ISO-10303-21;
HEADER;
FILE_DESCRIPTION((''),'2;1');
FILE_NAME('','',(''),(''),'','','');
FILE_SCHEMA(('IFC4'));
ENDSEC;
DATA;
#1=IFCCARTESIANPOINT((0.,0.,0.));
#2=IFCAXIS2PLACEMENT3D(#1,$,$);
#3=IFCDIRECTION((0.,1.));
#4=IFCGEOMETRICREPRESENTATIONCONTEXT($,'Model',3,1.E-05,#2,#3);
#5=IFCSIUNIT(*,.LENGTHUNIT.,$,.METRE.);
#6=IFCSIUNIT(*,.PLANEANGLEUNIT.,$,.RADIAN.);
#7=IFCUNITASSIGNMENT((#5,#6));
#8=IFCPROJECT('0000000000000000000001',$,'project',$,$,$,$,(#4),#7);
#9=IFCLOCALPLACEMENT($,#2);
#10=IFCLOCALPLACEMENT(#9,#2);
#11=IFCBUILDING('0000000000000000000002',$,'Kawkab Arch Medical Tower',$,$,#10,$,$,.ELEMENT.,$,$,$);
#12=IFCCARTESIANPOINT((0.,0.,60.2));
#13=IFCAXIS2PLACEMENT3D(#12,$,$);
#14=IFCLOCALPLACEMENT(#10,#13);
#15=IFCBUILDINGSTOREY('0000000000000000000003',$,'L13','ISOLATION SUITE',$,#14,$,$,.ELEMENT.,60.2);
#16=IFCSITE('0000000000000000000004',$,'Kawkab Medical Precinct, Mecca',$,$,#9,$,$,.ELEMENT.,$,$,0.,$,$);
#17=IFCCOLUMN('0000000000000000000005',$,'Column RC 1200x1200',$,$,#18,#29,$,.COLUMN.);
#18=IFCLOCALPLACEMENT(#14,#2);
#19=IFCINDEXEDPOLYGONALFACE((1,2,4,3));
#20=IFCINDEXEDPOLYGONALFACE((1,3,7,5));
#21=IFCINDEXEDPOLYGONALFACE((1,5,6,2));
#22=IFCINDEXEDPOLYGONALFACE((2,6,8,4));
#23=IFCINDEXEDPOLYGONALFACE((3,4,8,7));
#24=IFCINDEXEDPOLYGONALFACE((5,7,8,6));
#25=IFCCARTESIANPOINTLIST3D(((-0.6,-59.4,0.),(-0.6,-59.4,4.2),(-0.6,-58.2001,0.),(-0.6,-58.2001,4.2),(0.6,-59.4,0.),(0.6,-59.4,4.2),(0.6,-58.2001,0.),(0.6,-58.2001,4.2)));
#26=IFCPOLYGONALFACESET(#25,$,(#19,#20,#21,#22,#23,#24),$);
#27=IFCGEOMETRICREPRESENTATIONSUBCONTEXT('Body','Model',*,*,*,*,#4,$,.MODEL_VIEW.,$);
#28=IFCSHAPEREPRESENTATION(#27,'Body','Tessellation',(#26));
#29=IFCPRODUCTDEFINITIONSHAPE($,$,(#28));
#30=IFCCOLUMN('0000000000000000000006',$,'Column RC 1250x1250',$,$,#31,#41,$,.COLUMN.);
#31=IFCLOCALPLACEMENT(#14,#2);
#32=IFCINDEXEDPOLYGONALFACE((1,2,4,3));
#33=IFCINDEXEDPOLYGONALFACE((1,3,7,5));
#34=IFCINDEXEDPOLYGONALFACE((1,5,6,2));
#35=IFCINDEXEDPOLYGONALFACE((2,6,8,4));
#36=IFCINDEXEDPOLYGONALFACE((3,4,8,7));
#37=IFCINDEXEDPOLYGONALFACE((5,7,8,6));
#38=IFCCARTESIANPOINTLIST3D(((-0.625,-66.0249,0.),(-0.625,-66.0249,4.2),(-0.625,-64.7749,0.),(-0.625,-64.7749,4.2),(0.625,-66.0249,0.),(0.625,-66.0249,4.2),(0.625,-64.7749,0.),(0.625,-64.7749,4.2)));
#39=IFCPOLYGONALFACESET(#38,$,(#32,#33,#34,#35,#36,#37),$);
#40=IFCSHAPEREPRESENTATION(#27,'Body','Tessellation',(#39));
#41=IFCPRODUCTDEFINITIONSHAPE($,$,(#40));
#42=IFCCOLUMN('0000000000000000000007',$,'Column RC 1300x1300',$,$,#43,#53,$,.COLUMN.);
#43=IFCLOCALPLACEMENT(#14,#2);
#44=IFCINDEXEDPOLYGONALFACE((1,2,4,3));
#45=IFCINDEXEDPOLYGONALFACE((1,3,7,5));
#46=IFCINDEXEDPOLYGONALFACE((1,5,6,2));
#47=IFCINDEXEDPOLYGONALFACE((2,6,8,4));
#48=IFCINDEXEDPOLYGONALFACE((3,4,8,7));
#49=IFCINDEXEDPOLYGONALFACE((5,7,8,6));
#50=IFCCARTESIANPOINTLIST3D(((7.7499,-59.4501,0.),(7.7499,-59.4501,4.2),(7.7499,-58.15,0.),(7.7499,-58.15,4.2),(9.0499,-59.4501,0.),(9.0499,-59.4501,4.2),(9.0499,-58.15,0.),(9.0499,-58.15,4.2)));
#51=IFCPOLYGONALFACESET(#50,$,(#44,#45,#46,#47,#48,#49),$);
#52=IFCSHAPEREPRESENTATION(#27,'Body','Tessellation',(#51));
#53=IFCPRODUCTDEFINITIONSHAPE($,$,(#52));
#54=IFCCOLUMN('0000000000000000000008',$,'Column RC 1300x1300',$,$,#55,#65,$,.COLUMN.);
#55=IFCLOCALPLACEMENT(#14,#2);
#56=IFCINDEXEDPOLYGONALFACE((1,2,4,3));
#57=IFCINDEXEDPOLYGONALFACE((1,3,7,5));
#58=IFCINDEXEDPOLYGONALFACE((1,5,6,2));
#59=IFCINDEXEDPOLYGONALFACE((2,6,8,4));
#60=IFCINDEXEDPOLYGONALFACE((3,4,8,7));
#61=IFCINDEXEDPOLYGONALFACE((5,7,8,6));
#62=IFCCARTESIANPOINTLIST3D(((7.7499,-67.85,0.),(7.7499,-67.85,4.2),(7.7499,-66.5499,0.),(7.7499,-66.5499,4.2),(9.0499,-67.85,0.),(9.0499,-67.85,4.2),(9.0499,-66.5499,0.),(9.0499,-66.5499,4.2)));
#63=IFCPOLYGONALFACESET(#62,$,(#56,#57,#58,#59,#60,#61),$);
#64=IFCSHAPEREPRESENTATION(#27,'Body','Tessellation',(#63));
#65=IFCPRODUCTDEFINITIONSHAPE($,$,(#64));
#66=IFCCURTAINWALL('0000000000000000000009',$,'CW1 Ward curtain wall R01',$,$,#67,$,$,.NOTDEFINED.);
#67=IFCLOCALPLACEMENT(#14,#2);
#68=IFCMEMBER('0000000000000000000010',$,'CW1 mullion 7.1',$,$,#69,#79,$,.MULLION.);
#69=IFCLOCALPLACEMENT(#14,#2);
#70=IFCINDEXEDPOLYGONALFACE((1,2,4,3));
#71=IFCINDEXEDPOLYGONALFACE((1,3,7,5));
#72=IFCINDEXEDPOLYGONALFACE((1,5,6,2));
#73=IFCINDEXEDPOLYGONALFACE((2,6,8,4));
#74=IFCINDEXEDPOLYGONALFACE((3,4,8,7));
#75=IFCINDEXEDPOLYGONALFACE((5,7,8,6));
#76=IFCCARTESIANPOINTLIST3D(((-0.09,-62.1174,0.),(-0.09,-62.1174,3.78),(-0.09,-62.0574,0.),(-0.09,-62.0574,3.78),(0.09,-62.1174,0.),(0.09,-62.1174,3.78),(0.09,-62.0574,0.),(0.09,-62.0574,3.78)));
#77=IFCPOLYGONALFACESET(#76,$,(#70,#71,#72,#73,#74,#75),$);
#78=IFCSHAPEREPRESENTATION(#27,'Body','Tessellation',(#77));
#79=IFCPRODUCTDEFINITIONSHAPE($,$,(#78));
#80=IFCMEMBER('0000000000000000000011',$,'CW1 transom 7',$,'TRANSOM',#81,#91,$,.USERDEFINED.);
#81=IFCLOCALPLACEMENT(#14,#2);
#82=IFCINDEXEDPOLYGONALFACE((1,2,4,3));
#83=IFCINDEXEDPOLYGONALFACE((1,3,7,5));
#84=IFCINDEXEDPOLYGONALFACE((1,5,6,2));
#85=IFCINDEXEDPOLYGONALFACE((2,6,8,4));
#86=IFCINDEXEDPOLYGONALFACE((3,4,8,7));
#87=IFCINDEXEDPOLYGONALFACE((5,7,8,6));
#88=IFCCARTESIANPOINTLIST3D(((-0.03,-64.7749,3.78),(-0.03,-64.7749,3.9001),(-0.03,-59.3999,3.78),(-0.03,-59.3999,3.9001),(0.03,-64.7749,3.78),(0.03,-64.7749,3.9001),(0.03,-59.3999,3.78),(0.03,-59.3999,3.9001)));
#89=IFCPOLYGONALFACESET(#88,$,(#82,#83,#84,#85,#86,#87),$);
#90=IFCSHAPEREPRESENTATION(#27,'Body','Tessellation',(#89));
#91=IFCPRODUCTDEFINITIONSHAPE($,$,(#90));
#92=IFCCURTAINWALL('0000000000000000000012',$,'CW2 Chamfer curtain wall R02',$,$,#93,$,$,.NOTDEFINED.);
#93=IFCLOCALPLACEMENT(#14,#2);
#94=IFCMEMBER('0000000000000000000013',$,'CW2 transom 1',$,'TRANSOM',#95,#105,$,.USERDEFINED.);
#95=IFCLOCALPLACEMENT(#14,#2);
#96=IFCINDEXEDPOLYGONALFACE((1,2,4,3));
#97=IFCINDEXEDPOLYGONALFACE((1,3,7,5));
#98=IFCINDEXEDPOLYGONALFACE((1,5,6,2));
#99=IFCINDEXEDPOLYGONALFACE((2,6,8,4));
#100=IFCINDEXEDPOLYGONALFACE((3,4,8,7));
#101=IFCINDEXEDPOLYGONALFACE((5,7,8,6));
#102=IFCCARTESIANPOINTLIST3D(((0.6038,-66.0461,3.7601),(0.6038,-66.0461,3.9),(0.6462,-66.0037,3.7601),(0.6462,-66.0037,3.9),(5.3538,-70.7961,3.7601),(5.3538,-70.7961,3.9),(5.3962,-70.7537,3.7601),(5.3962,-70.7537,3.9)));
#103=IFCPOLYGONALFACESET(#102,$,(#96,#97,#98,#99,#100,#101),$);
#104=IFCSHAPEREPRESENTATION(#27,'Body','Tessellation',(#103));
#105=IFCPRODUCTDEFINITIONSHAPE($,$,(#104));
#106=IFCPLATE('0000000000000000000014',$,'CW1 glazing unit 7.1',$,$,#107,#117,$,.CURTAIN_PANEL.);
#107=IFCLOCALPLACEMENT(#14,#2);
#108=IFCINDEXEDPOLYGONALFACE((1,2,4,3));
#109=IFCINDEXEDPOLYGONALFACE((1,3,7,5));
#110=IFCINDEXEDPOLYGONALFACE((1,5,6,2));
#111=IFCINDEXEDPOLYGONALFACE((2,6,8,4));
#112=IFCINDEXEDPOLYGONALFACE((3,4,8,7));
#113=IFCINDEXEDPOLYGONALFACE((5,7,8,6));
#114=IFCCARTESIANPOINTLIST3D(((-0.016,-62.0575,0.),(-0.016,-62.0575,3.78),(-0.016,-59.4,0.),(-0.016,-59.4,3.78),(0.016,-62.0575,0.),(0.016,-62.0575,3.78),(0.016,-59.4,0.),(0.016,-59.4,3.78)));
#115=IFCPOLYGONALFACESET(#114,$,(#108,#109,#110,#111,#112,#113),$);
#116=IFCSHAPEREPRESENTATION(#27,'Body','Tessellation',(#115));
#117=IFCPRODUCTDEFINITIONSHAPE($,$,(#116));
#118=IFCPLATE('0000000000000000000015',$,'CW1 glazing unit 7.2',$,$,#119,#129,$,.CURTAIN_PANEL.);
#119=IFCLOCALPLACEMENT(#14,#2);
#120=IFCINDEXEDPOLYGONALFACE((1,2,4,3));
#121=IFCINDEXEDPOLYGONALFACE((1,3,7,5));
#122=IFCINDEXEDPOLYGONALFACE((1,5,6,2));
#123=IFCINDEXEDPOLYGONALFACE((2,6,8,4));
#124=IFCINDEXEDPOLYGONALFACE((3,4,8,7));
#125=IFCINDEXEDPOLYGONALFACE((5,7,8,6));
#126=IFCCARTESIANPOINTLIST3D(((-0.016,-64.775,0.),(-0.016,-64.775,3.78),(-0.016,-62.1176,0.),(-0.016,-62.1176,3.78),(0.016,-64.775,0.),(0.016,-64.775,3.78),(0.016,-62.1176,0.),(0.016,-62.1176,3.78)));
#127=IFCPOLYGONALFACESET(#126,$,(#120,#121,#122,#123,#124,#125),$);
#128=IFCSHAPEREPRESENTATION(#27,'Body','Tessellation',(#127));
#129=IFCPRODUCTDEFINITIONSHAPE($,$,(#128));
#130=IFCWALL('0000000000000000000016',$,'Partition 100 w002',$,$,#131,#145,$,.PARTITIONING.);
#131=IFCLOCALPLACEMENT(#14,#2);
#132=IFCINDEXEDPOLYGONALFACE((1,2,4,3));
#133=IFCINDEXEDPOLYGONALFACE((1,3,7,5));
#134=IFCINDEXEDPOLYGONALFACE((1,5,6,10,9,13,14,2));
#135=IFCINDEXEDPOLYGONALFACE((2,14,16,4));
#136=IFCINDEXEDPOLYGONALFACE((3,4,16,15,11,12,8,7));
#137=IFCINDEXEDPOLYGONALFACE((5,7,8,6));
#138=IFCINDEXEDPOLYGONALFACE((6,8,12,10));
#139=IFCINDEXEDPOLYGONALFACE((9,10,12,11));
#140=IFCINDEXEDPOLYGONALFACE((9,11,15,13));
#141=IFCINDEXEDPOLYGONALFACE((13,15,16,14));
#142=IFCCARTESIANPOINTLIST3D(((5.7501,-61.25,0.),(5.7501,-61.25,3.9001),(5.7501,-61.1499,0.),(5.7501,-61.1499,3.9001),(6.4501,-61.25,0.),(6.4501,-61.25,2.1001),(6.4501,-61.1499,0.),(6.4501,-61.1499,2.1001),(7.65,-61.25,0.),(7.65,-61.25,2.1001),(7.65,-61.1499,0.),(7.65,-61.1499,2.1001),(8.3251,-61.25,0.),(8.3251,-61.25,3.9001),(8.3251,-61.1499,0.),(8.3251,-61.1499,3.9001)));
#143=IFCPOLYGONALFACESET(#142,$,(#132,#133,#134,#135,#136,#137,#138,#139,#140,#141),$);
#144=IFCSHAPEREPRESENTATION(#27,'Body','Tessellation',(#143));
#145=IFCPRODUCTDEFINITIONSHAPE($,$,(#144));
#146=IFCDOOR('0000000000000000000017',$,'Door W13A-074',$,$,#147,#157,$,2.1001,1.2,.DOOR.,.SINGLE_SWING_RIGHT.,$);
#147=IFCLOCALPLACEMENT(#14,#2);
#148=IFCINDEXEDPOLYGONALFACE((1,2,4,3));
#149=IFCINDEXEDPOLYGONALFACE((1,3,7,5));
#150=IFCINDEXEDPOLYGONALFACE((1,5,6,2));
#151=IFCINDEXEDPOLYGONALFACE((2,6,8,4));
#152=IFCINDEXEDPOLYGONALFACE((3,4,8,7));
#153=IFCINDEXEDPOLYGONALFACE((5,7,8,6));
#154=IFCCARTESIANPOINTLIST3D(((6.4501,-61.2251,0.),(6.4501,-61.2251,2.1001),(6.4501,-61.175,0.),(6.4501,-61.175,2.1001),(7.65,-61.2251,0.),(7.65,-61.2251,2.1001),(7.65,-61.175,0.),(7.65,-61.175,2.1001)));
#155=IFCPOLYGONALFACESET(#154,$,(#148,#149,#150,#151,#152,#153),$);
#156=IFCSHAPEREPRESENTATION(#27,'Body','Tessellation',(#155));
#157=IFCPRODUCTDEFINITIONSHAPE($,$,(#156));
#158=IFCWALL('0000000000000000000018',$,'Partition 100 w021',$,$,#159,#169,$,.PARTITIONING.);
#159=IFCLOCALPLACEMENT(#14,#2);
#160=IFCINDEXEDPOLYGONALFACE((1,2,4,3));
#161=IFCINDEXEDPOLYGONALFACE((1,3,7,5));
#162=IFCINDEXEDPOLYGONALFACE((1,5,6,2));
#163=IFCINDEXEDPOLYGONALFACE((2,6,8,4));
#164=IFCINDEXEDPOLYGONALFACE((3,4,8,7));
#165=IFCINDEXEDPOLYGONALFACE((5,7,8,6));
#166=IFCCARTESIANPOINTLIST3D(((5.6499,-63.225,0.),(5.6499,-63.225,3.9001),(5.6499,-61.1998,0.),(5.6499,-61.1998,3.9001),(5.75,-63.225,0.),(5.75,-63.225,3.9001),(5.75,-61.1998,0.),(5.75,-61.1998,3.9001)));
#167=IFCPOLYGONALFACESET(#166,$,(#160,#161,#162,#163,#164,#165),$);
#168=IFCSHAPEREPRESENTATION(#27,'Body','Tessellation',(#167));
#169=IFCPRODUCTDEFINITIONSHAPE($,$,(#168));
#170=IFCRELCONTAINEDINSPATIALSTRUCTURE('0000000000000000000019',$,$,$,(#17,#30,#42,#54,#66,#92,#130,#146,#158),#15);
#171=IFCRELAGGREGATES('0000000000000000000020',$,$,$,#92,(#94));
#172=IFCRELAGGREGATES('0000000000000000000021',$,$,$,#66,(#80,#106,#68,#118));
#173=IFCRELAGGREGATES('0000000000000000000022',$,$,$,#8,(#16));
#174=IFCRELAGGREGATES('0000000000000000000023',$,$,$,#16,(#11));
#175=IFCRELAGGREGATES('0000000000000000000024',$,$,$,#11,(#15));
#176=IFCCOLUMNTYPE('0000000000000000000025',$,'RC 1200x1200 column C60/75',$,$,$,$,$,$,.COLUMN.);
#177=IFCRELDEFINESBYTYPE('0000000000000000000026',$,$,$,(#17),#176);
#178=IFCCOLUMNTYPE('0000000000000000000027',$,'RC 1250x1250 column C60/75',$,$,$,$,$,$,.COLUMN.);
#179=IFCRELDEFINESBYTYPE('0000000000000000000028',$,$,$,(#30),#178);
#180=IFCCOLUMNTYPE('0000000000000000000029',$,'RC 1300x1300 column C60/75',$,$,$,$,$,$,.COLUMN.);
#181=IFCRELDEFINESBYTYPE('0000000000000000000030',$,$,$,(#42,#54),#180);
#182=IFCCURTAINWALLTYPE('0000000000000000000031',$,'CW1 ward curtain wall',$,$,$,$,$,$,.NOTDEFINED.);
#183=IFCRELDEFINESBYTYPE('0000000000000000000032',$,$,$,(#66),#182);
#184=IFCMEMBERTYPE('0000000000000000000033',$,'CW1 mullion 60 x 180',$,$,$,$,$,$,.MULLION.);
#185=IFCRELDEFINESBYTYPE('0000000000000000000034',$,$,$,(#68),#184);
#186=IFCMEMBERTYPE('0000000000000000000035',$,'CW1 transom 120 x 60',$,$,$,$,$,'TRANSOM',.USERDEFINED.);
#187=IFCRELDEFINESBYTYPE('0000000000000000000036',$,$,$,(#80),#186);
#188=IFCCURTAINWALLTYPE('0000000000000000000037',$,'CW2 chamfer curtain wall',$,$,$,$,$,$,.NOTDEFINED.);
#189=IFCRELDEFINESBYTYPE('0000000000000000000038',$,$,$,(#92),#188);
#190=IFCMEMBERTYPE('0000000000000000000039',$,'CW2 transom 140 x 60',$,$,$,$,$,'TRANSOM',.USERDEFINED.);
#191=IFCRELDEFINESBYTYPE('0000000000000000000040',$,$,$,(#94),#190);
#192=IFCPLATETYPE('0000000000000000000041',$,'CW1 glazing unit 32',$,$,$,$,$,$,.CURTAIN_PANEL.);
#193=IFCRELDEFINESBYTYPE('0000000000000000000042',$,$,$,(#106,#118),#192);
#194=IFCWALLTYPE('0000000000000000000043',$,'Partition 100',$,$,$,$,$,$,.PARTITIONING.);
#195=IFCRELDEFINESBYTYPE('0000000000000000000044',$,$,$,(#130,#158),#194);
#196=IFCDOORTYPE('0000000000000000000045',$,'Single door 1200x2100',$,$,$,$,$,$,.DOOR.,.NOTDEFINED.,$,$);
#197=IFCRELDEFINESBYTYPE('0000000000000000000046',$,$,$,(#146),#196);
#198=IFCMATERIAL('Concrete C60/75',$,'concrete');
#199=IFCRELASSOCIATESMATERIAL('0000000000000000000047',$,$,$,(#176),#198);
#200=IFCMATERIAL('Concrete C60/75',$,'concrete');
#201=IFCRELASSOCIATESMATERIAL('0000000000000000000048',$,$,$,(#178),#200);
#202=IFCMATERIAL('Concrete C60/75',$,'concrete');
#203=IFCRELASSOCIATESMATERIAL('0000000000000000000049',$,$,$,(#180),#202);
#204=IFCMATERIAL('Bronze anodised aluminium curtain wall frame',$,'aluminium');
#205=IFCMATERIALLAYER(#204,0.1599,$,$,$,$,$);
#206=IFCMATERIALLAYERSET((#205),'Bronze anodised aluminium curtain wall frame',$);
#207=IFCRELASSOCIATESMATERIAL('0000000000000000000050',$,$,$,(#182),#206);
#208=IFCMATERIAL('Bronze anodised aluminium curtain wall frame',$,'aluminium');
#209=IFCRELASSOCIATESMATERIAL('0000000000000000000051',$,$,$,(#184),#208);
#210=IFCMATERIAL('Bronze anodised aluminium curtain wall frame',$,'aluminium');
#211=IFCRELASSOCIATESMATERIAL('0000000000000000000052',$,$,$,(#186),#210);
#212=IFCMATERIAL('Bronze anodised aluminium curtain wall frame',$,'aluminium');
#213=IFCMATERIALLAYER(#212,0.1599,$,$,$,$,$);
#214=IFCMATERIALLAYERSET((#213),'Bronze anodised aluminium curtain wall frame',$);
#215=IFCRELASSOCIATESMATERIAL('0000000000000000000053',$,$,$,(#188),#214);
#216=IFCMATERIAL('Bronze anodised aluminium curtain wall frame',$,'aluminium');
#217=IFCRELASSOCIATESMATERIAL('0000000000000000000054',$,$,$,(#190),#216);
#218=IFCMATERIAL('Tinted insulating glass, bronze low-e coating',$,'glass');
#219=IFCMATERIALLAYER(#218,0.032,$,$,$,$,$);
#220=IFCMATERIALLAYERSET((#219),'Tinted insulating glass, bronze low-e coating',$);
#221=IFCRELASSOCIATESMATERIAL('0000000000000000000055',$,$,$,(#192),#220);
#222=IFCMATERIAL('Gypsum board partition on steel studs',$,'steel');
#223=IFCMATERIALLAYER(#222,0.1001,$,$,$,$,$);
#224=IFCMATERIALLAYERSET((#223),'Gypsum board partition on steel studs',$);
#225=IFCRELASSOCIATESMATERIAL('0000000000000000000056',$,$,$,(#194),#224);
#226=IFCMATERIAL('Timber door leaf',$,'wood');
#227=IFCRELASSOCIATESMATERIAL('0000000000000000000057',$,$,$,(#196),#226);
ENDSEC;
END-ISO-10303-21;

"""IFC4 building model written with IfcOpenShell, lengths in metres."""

from ifc_helpers import new_model, si_unit, direction, frame, frame_2d, origin, origin_2d, place, context, subcontext, project, spatial, rectangle, extrude, material, layer, layer_set, material_profile, profile_set, type_object, element, fill, aggregate, save


model = new_model("IFC4")

# Units and contexts
model_context = context("Model", 3, precision=1e-05, world=origin(), true_north=direction((0.0, 1.0)))
body_context = subcontext(model_context, "Body", "Model", "MODEL_VIEW")
ifc_project = project(units=[si_unit("LENGTHUNIT", "METRE"), si_unit("PLANEANGLEUNIT", "RADIAN")], contexts=[model_context])

# Site, building, storey
site_placement = place(None, origin())
site = spatial("IfcSite", under=ifc_project, at=site_placement, Name="Kawkab Medical Precinct, Mecca", CompositionType="ELEMENT", RefElevation=0.0)
building_placement = place(site_placement, origin())
building = spatial("IfcBuilding", under=site, at=building_placement, Name="Kawkab Arch Medical Tower", CompositionType="ELEMENT")
storey_placement = place(building_placement, frame((0.0, 0.0, 60.2)))
storey = spatial("IfcBuildingStorey", under=building, at=storey_placement, Name="L13", Description="ISOLATION SUITE", CompositionType="ELEMENT", Elevation=60.2)

# Columns
ifc_material_1 = material(Name="Concrete C60/75", Category="concrete")
ifc_material_profile_1 = material_profile(ifc_material_1, rectangle(XDim=1.2, YDim=1.2, at=origin_2d()), Name="RC 1200x1200")
ifc_profile_set_1 = profile_set([ifc_material_profile_1], Name="Concrete C60/75")
column_type_1 = type_object("IfcColumnType", Name="RC 1200x1200 column C60/75", PredefinedType="COLUMN", material=ifc_profile_set_1)
column_1_placement = place(storey_placement, frame((0.0, -58.8, 0.0), z_axis=(0.0, 0.0, 1.0), x_axis=(1.0, 0.0, 0.0)))
element("IfcColumn", 1, at=column_1_placement, inside=storey, type_object=column_type_1, Name="Column RC 1200x1200", PredefinedType="COLUMN", context=body_context, shape_type="SweptSolid", body=[
    extrude(rectangle(XDim=1.2, YDim=1.2, at=origin_2d()), origin(), (0.0, 0.0, 1.0), 4.2),
])
ifc_material_2 = material(Name="Concrete C60/75", Category="concrete")
ifc_material_profile_2 = material_profile(ifc_material_2, rectangle(XDim=1.25, YDim=1.25, at=origin_2d()), Name="RC 1250x1250")
ifc_profile_set_2 = profile_set([ifc_material_profile_2], Name="Concrete C60/75")
column_type_2 = type_object("IfcColumnType", Name="RC 1250x1250 column C60/75", PredefinedType="COLUMN", material=ifc_profile_set_2)
column_2_placement = place(storey_placement, frame((0.0, -65.3999, 0.0), z_axis=(0.0, 0.0, 1.0), x_axis=(1.0, 0.0, 0.0)))
element("IfcColumn", 2, at=column_2_placement, inside=storey, type_object=column_type_2, Name="Column RC 1250x1250", PredefinedType="COLUMN", context=body_context, shape_type="SweptSolid", body=[
    extrude(rectangle(XDim=1.25, YDim=1.25, at=origin_2d()), origin(), (0.0, 0.0, 1.0), 4.2),
])
ifc_material_3 = material(Name="Concrete C60/75", Category="concrete")
ifc_material_profile_3 = material_profile(ifc_material_3, rectangle(XDim=1.3, YDim=1.3, at=origin_2d()), Name="RC 1300x1300")
ifc_profile_set_3 = profile_set([ifc_material_profile_3], Name="Concrete C60/75")
column_type_3 = type_object("IfcColumnType", Name="RC 1300x1300 column C60/75", PredefinedType="COLUMN", material=ifc_profile_set_3)
for number, where, z_axis, x_axis, name in (
    (3, (8.3999, -58.8, 0.0), (0.0, 0.0, 1.0), (1.0, 0.0, 0.0), "Column RC 1300x1300"),
    (4, (8.3999, -67.2, 0.0), (0.0, 0.0, 1.0), (1.0, 0.0, 0.0), "Column RC 1300x1300"),
):
    element("IfcColumn", number, at=place(storey_placement, frame(where, z_axis=z_axis, x_axis=x_axis)), inside=storey, type_object=column_type_3, Name=name, PredefinedType="COLUMN", context=body_context, shape_type="SweptSolid", body=[
        extrude(rectangle(XDim=1.3, YDim=1.3, at=origin_2d()), origin(), (0.0, 0.0, 1.0), 4.2),
    ])

# Curtain wall, members
ifc_material_4 = material(Name="Bronze anodised aluminium curtain wall frame", Category="aluminium")
ifc_layer_1 = layer(ifc_material_4, 0.1599)
ifc_layer_set_1 = layer_set([ifc_layer_1], Name="Bronze anodised aluminium curtain wall frame")
curtain_wall_type_1 = type_object("IfcCurtainWallType", Name="CW1 ward curtain wall", PredefinedType="NOTDEFINED", material=ifc_layer_set_1)
placement = place(storey_placement, origin())
curtain_wall_1 = element("IfcCurtainWall", 5, at=placement, inside=storey, type_object=curtain_wall_type_1, Name="CW1 Ward curtain wall R01", PredefinedType="NOTDEFINED")
ifc_material_5 = material(Name="Bronze anodised aluminium curtain wall frame", Category="aluminium")
ifc_material_profile_4 = material_profile(ifc_material_5, rectangle(XDim=0.1799, YDim=0.0601, at=origin_2d()), Name="AL 60x180")
ifc_profile_set_4 = profile_set([ifc_material_profile_4], Name="Bronze anodised aluminium curtain wall frame")
member_type_1 = type_object("IfcMemberType", Name="CW1 mullion 60 x 180", PredefinedType="MULLION", material=ifc_profile_set_4)
member_1_placement = place(storey_placement, frame((0.0, -62.0874, 0.0), z_axis=(0.0, 0.0, 1.0), x_axis=(1.0, 0.0, 0.0)))
member_1 = element("IfcMember", 6, at=member_1_placement, type_object=member_type_1, Name="CW1 mullion 7.1", PredefinedType="MULLION", context=body_context, shape_type="SweptSolid", body=[
    extrude(rectangle(XDim=0.1799, YDim=0.0601, at=origin_2d()), origin(), (0.0, 0.0, 1.0), 3.78),
])
ifc_material_6 = material(Name="Bronze anodised aluminium curtain wall frame", Category="aluminium")
ifc_material_profile_5 = material_profile(ifc_material_6, rectangle(XDim=0.0601, YDim=0.1201, at=origin_2d()), Name="AL 60x120")
ifc_profile_set_5 = profile_set([ifc_material_profile_5], Name="Bronze anodised aluminium curtain wall frame")
member_type_2 = type_object("IfcMemberType", Name="CW1 transom 120 x 60", ElementType="TRANSOM", PredefinedType="USERDEFINED", material=ifc_profile_set_5)
member_2_placement = place(storey_placement, frame((0.0, -59.3999, 3.8401), z_axis=(0.0, -1.0, 0.0), x_axis=(1.0, 0.0, 0.0)))
member_2 = element("IfcMember", 7, at=member_2_placement, type_object=member_type_2, Name="CW1 transom 7", ObjectType="TRANSOM", PredefinedType="USERDEFINED", context=body_context, shape_type="SweptSolid", body=[
    extrude(rectangle(XDim=0.0601, YDim=0.1201, at=origin_2d()), origin(), (0.0, 0.0, 1.0), 5.375),
])

# Curtain wall, member
ifc_material_7 = material(Name="Bronze anodised aluminium curtain wall frame", Category="aluminium")
ifc_layer_2 = layer(ifc_material_7, 0.1599)
ifc_layer_set_2 = layer_set([ifc_layer_2], Name="Bronze anodised aluminium curtain wall frame")
curtain_wall_type_2 = type_object("IfcCurtainWallType", Name="CW2 chamfer curtain wall", PredefinedType="NOTDEFINED", material=ifc_layer_set_2)
curtain_wall_2 = element("IfcCurtainWall", 8, at=placement, inside=storey, type_object=curtain_wall_type_2, Name="CW2 Chamfer curtain wall R02", PredefinedType="NOTDEFINED")
ifc_material_8 = material(Name="Bronze anodised aluminium curtain wall frame", Category="aluminium")
ifc_material_profile_6 = material_profile(ifc_material_8, rectangle(XDim=0.0601, YDim=0.1399, at=origin_2d()), Name="AL 60x140")
ifc_profile_set_6 = profile_set([ifc_material_profile_6], Name="Bronze anodised aluminium curtain wall frame")
member_type_3 = type_object("IfcMemberType", Name="CW2 transom 140 x 60", ElementType="TRANSOM", PredefinedType="USERDEFINED", material=ifc_profile_set_6)
member_3_placement = place(storey_placement, frame((0.625, -66.0249, 3.8301), z_axis=(0.707107, -0.707107, 0.0), x_axis=(0.707107, 0.707107, 0.0)))
member_3 = element("IfcMember", 9, at=member_3_placement, type_object=member_type_3, Name="CW2 transom 1", ObjectType="TRANSOM", PredefinedType="USERDEFINED", context=body_context, shape_type="SweptSolid", body=[
    extrude(rectangle(XDim=0.0601, YDim=0.1399, at=origin_2d()), origin(), (0.0, 0.0, 1.0), 6.7175),
])
aggregate(curtain_wall_2, [member_3])

# Plates
ifc_material_9 = material(Name="Tinted insulating glass, bronze low-e coating", Category="glass")
ifc_layer_3 = layer(ifc_material_9, 0.032)
ifc_layer_set_3 = layer_set([ifc_layer_3], Name="Tinted insulating glass, bronze low-e coating")
plate_type = type_object("IfcPlateType", Name="CW1 glazing unit 32", PredefinedType="CURTAIN_PANEL", material=ifc_layer_set_3)
plate_1_placement = place(storey_placement, frame((0.0, -60.7288, 0.0), z_axis=(0.0, 0.0, 1.0), x_axis=(0.0, -1.0, 0.0)))
plate_1 = element("IfcPlate", 10, at=plate_1_placement, type_object=plate_type, Name="CW1 glazing unit 7.1", PredefinedType="CURTAIN_PANEL", context=body_context, shape_type="SweptSolid", body=[
    extrude(rectangle(XDim=2.6575, YDim=0.032, at=origin_2d()), origin(), (0.0, 0.0, 1.0), 3.78),
])
plate_2_placement = place(storey_placement, frame((0.0, -63.4463, 0.0), z_axis=(0.0, 0.0, 1.0), x_axis=(0.0, -1.0, 0.0)))
plate_2 = element("IfcPlate", 11, at=plate_2_placement, type_object=plate_type, Name="CW1 glazing unit 7.2", PredefinedType="CURTAIN_PANEL", context=body_context, shape_type="SweptSolid", body=[
    extrude(rectangle(XDim=2.6575, YDim=0.032, at=origin_2d()), origin(), (0.0, 0.0, 1.0), 3.78),
])
aggregate(curtain_wall_1, [member_2, plate_1, member_1, plate_2])

# Wall, opening, door
ifc_material_10 = material(Name="Gypsum board partition on steel studs", Category="steel")
ifc_layer_4 = layer(ifc_material_10, 0.1001)
ifc_layer_set_4 = layer_set([ifc_layer_4], Name="Gypsum board partition on steel studs")
wall_type_1 = type_object("IfcWallType", Name="Partition 100", PredefinedType="PARTITIONING", material=ifc_layer_set_4)
wall_1_placement = place(storey_placement, frame((5.75, -61.2, 0.0), z_axis=(0.0, 0.0, 1.0), x_axis=(1.0, 0.0, 0.0)))
wall_1 = element("IfcWall", 12, at=wall_1_placement, inside=storey, type_object=wall_type_1, Name="Partition 100 w002", PredefinedType="PARTITIONING", context=body_context, shape_type="SweptSolid", body=[
    extrude(rectangle(XDim=2.575, YDim=0.1001, at=frame_2d((1.2876, 0.0))), origin(), (0.0, 0.0, 1.0), 3.9001),
])
opening_1_placement = place(wall_1_placement, frame((0.7, 0.0, 0.0)))
opening_1 = element("IfcOpeningElement", 13, at=opening_1_placement, cuts=wall_1, PredefinedType="OPENING", context=body_context, shape_type="SweptSolid", body=[
    extrude(rectangle(XDim=1.2, YDim=2.1001, at=frame_2d((0.6001, 1.05))), frame((0.0, 0.0601, 0.0), z_axis=(0.0, -1.0, 0.0), x_axis=(1.0, 0.0, 0.0)), (0.0, 0.0, 1.0), 0.1201),
])
ifc_material_11 = material(Name="Timber door leaf", Category="wood")
door_type_1 = type_object("IfcDoorType", Name="Single door 1200x2100", OperationType="NOTDEFINED", PredefinedType="DOOR", material=ifc_material_11)
door_1_placement = place(opening_1_placement, origin())
door_1 = element("IfcDoor", 14, at=door_1_placement, inside=storey, type_object=door_type_1, Name="Door W13A-074", OperationType="SINGLE_SWING_RIGHT", OverallHeight=2.1001, OverallWidth=1.2, PredefinedType="DOOR", context=body_context, shape_type="SweptSolid", body=[
    extrude(rectangle(XDim=1.2, YDim=2.1001, at=frame_2d((0.6001, 1.05))), frame((0.0, 0.0249, 0.0), z_axis=(0.0, -1.0, 0.0), x_axis=(1.0, 0.0, 0.0)), (0.0, 0.0, 1.0), 0.05),
])
fill(opening_1, door_1)

# Wall
wall_2_placement = place(storey_placement, frame((5.7, -63.2251, 0.0), z_axis=(0.0, 0.0, 1.0), x_axis=(0.0, 1.0, 0.0)))
element("IfcWall", 15, at=wall_2_placement, inside=storey, type_object=wall_type_1, Name="Partition 100 w021", PredefinedType="PARTITIONING", context=body_context, shape_type="SweptSolid", body=[
    extrude(rectangle(XDim=2.0251, YDim=0.1001, at=frame_2d((1.0127, 0.0))), origin(), (0.0, 0.0, 1.0), 3.9001),
])

save(model, "model.ifc")
